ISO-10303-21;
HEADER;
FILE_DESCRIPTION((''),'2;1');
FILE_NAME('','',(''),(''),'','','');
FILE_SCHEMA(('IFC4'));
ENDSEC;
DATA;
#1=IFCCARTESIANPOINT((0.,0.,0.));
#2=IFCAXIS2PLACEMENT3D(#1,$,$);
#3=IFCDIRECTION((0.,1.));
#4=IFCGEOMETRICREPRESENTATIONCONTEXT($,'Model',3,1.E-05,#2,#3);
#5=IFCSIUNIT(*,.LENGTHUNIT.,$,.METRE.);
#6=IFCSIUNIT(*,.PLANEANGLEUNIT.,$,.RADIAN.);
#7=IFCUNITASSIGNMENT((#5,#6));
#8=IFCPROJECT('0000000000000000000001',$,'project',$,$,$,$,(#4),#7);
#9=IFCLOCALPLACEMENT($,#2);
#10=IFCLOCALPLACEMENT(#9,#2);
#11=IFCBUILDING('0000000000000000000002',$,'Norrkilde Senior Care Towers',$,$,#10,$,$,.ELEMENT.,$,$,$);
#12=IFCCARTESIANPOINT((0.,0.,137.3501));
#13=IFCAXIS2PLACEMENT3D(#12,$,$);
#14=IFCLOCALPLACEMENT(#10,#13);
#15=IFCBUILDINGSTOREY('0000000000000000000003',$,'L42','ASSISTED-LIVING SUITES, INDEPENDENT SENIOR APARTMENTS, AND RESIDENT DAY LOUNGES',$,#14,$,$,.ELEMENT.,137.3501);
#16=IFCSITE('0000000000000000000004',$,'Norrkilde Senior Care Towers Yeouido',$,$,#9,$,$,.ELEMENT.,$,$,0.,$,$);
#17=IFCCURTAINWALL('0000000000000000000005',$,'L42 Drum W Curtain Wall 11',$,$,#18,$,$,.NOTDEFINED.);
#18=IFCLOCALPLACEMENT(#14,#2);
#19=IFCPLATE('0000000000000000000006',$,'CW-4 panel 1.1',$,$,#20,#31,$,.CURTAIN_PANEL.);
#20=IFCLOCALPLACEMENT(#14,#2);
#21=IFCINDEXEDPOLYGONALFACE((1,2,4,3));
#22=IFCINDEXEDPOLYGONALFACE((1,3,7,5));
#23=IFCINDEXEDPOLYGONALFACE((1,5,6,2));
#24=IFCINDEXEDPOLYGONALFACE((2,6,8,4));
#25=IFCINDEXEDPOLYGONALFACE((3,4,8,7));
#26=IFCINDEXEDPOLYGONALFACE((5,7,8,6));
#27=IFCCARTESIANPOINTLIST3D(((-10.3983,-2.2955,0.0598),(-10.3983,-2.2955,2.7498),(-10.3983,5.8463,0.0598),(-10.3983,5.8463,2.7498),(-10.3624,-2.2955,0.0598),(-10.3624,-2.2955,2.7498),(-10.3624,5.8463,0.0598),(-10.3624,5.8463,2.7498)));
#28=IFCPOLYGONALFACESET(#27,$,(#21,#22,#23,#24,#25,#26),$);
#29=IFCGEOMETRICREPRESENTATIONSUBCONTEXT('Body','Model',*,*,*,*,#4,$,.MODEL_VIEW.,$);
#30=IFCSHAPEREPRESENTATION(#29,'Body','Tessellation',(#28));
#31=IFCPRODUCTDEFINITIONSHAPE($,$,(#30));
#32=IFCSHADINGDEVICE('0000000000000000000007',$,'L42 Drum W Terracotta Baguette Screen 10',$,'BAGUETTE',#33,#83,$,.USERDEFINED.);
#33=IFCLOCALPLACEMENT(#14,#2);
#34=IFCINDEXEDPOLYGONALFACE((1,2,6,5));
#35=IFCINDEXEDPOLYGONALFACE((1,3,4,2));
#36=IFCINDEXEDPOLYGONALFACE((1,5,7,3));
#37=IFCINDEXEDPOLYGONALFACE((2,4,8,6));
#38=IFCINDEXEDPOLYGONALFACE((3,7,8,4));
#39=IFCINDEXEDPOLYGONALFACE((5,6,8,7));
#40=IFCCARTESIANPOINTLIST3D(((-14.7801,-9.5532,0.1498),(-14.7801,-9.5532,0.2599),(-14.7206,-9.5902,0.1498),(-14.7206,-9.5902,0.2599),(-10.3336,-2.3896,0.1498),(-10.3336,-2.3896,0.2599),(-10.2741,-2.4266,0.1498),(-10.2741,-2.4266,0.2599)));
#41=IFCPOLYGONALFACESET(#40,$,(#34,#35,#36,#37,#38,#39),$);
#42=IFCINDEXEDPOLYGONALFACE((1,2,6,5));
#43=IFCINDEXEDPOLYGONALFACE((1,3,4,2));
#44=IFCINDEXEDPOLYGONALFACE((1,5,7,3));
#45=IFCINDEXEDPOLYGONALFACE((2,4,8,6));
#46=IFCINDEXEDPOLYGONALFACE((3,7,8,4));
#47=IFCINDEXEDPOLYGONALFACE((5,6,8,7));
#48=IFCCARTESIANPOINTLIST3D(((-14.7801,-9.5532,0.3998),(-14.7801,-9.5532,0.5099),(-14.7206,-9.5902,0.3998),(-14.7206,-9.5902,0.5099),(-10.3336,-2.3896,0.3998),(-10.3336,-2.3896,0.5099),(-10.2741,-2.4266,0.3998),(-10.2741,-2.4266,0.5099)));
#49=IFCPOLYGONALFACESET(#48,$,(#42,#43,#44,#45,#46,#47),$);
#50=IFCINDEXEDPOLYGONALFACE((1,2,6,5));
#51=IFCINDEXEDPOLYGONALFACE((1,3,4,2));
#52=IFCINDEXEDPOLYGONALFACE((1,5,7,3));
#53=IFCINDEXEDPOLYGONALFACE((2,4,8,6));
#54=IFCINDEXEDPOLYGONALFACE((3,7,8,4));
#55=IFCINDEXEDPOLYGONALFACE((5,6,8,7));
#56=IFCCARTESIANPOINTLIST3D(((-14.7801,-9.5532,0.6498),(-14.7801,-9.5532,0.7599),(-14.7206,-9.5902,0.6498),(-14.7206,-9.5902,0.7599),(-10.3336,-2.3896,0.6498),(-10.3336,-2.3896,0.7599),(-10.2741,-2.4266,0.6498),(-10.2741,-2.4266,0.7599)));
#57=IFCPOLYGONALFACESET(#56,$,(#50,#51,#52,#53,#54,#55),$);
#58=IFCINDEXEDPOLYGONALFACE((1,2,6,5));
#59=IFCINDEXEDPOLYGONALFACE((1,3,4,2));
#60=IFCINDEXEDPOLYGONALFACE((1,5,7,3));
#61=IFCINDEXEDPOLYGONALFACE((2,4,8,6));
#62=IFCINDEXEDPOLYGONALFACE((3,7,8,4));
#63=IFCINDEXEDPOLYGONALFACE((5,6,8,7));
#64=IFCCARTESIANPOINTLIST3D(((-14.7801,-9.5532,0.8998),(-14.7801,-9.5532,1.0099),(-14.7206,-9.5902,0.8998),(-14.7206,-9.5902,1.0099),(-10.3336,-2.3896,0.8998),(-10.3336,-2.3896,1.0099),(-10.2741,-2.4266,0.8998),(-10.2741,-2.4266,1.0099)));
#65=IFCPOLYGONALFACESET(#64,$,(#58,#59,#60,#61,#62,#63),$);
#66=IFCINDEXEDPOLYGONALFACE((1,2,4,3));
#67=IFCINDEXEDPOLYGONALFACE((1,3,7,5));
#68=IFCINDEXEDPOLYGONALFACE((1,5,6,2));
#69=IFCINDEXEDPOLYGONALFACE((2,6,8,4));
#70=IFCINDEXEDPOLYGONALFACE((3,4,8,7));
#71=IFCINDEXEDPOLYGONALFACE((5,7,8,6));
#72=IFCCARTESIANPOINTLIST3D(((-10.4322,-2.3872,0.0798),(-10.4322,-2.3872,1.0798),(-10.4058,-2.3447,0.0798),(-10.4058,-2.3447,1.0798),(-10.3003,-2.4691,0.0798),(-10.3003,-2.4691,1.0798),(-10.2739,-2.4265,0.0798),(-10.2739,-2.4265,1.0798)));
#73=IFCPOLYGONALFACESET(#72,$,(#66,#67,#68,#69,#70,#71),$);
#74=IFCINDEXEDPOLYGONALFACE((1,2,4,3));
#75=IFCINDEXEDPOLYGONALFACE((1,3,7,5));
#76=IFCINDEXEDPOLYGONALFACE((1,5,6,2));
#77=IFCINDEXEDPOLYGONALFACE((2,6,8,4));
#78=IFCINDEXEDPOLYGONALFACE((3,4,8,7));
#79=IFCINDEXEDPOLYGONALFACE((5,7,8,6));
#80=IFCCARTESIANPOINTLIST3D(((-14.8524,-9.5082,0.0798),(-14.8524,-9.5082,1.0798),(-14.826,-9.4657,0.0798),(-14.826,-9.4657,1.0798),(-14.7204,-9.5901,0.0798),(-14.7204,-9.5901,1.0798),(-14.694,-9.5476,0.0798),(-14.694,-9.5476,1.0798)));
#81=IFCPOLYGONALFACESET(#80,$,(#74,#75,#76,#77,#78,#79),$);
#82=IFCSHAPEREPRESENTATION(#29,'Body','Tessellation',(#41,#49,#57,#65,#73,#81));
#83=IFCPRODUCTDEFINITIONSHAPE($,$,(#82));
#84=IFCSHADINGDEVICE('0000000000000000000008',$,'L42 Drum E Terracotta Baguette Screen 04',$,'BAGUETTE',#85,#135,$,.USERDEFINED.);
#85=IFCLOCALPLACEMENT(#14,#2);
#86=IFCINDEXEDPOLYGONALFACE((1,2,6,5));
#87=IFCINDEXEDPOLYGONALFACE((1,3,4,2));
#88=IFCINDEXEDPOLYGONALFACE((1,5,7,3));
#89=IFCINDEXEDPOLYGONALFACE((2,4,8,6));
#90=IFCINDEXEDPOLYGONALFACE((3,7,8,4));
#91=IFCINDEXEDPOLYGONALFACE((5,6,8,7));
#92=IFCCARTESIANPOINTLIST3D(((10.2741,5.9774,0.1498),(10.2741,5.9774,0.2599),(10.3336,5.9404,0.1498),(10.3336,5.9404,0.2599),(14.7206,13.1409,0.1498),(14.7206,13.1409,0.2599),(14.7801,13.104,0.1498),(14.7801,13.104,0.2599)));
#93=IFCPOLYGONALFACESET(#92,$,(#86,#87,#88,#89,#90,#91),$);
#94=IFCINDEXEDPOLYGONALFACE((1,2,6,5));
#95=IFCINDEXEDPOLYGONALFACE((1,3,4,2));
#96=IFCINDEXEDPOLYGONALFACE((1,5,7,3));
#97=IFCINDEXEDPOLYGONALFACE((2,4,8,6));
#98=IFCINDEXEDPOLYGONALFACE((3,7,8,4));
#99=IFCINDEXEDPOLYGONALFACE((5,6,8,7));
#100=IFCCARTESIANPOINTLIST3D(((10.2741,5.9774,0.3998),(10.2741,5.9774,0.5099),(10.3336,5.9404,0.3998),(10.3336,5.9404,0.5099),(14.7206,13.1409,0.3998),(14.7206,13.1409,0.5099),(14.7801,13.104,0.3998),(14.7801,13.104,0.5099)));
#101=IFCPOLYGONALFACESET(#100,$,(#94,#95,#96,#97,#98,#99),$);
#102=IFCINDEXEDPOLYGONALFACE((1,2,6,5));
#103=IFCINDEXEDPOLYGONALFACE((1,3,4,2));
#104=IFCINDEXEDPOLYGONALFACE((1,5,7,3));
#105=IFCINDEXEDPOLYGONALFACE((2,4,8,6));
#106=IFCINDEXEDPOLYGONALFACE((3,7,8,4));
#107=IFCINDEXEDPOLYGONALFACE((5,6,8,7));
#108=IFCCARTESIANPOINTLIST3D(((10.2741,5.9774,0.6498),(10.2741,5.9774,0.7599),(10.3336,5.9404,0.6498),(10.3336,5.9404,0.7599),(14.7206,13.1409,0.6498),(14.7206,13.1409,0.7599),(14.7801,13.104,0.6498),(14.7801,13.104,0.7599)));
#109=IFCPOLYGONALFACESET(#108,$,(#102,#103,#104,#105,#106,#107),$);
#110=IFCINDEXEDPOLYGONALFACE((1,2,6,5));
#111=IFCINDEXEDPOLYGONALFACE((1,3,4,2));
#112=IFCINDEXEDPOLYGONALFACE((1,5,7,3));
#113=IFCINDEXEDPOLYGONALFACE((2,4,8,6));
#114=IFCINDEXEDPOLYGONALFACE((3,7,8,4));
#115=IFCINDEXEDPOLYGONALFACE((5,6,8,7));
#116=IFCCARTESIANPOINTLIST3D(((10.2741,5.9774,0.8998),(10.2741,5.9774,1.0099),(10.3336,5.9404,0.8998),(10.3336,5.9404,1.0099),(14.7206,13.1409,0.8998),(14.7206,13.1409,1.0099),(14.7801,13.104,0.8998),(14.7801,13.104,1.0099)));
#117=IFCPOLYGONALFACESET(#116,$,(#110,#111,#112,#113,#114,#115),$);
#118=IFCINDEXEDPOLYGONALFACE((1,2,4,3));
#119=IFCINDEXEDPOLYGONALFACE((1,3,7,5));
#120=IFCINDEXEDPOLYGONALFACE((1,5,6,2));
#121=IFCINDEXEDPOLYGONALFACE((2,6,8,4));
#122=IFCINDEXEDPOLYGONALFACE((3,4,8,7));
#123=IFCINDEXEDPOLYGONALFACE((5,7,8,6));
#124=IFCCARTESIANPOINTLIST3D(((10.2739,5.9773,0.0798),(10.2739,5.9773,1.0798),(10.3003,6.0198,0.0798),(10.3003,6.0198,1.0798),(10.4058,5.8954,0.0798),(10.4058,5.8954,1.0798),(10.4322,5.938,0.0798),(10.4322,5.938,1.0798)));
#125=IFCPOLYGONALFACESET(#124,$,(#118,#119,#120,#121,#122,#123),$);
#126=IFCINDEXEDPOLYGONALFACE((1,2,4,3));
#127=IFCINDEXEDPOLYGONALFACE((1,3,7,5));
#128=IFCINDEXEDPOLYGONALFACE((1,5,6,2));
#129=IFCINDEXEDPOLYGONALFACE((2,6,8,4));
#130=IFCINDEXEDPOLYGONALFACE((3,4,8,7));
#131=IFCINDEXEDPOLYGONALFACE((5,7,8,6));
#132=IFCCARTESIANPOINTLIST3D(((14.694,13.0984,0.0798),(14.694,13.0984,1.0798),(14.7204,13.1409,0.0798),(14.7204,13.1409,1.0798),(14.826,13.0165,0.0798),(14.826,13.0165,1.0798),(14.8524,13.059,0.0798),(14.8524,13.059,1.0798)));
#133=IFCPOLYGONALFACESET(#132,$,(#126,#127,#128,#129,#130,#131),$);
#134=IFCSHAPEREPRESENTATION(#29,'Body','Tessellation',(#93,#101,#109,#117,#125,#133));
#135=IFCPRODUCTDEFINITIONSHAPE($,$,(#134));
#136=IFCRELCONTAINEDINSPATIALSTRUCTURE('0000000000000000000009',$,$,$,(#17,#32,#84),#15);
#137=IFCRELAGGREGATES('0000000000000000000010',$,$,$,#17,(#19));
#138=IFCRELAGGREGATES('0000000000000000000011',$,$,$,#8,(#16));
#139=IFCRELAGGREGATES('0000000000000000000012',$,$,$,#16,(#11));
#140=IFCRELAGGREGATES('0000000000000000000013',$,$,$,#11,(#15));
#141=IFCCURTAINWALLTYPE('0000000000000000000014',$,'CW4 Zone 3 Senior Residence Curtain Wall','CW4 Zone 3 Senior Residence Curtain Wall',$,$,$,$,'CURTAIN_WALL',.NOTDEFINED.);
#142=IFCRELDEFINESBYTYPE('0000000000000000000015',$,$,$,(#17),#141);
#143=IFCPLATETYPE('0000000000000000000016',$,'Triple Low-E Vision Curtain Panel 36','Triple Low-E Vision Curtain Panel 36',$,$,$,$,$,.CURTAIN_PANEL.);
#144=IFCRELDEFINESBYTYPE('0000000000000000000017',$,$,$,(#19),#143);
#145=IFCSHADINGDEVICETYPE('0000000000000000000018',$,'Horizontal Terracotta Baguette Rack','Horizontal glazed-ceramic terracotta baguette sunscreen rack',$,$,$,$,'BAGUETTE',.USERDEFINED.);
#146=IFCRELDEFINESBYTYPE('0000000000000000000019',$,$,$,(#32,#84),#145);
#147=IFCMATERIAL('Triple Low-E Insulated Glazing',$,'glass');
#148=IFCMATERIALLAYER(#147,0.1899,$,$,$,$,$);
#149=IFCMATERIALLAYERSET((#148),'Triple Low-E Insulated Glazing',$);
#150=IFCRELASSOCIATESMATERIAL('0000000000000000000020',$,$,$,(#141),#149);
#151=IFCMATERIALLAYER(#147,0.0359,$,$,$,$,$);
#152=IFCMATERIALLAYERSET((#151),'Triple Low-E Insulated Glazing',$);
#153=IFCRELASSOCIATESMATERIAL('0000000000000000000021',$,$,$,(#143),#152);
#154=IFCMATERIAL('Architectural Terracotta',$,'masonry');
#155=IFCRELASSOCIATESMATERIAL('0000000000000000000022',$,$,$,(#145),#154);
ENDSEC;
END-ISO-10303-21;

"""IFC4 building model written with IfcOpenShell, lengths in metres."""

from ifc_helpers import new_model, si_unit, direction, frame, origin, origin_2d, place, context, subcontext, project, spatial, rectangle, extrude, source, transform, mapped, material, layer, layer_set, type_object, type_shapes, element, aggregate, save


model = new_model("IFC4")

# Units and contexts
model_context = context("Model", 3, precision=1e-05, world=origin(), true_north=direction((0.0, 1.0)))
body_context = subcontext(model_context, "Body", "Model", "MODEL_VIEW")
ifc_project = project(units=[si_unit("LENGTHUNIT", "METRE"), si_unit("PLANEANGLEUNIT", "RADIAN")], contexts=[model_context])

# Site, building, storey
site_placement = place(None, origin())
site = spatial("IfcSite", under=ifc_project, at=site_placement, Name="Norrkilde Senior Care Towers Yeouido", CompositionType="ELEMENT", RefElevation=0.0)
building_placement = place(site_placement, origin())
building = spatial("IfcBuilding", under=site, at=building_placement, Name="Norrkilde Senior Care Towers", CompositionType="ELEMENT")
storey_placement = place(building_placement, frame((0.0, 0.0, 137.3501)))
storey = spatial("IfcBuildingStorey", under=building, at=storey_placement, Name="L42", Description="ASSISTED-LIVING SUITES, INDEPENDENT SENIOR APARTMENTS, AND RESIDENT DAY LOUNGES", CompositionType="ELEMENT", Elevation=137.3501)

# Curtain wall
ifc_material_1 = material(Name="Triple Low-E Insulated Glazing", Category="glass")
ifc_layer_1 = layer(ifc_material_1, 0.1899)
ifc_layer_set_1 = layer_set([ifc_layer_1], Name="Triple Low-E Insulated Glazing")
curtain_wall_type = type_object("IfcCurtainWallType", Name="CW4 Zone 3 Senior Residence Curtain Wall", Description="CW4 Zone 3 Senior Residence Curtain Wall", ElementType="CURTAIN_WALL", PredefinedType="NOTDEFINED", material=ifc_layer_set_1)
curtain_wall_1_placement = place(storey_placement, origin())
curtain_wall_1 = element("IfcCurtainWall", 1, at=curtain_wall_1_placement, inside=storey, type_object=curtain_wall_type, Name="L42 Drum W Curtain Wall 11", PredefinedType="NOTDEFINED")

# Plate
ifc_layer_2 = layer(ifc_material_1, 0.0359)
ifc_layer_set_2 = layer_set([ifc_layer_2], Name="Triple Low-E Insulated Glazing")
plate_type = type_object("IfcPlateType", Name="Triple Low-E Vision Curtain Panel 36", Description="Triple Low-E Vision Curtain Panel 36", PredefinedType="CURTAIN_PANEL", material=ifc_layer_set_2)
shared_shape_1 = source(origin(), body_context, "Body", "SweptSolid", [
    extrude(rectangle(XDim=8.1418, YDim=0.0359, at=origin_2d()), origin(), (0.0, 0.0, 1.0), 2.6899),
])
plate_1_placement = place(storey_placement, frame((-10.3804, 1.7754, 0.0598), z_axis=(0.0, 0.0, 1.0), x_axis=(0.0, -1.0, 0.0)))
plate_1 = element("IfcPlate", 2, at=plate_1_placement, type_object=plate_type, Name="CW-4 panel 1.1", PredefinedType="CURTAIN_PANEL", context=body_context, shape_type="MappedRepresentation", body=[
    mapped(shared_shape_1, transform((0.0, 0.0, 0.0), x_axis=(1.0, 0.0, 0.0), y_axis=(0.0, 1.0, 0.0), z_axis=(0.0, 0.0, 1.0), scale=1.0)),
])
aggregate(curtain_wall_1, [plate_1])

# Shading devices
ifc_material_2 = material(Name="Architectural Terracotta", Category="masonry")
shading_device_type = type_object("IfcShadingDeviceType", Name="Horizontal Terracotta Baguette Rack", Description="Horizontal glazed-ceramic terracotta baguette sunscreen rack", ElementType="BAGUETTE", PredefinedType="USERDEFINED", material=ifc_material_2)
shared_shape_2 = source(origin(), body_context, "Body", "SweptSolid", [
    extrude(rectangle(XDim=0.0701, YDim=0.1101, at=origin_2d()), frame((0.0, 0.0901, 0.125), z_axis=(1.0, 0.0, 0.0), x_axis=(0.0, 1.0, 0.0)), (0.0, 0.0, 1.0), 8.4314),
    extrude(rectangle(XDim=0.0701, YDim=0.1101, at=origin_2d()), frame((0.0, 0.0901, 0.375), z_axis=(1.0, 0.0, 0.0), x_axis=(0.0, 1.0, 0.0)), (0.0, 0.0, 1.0), 8.4314),
    extrude(rectangle(XDim=0.0701, YDim=0.1101, at=origin_2d()), frame((0.0, 0.0901, 0.625), z_axis=(1.0, 0.0, 0.0), x_axis=(0.0, 1.0, 0.0)), (0.0, 0.0, 1.0), 8.4314),
    extrude(rectangle(XDim=0.0701, YDim=0.1101, at=origin_2d()), frame((0.0, 0.0901, 0.875), z_axis=(1.0, 0.0, 0.0), x_axis=(0.0, 1.0, 0.0)), (0.0, 0.0, 1.0), 8.4314),
    extrude(rectangle(XDim=0.05, YDim=0.1553, at=origin_2d()), frame((0.0249, 0.0476, 0.0)), (0.0, 0.0, 1.0), 1.0),
    extrude(rectangle(XDim=0.05, YDim=0.1553, at=origin_2d()), frame((8.4062, 0.0476, 0.0)), (0.0, 0.0, 1.0), 1.0),
])
type_shapes(shading_device_type, [shared_shape_2])
for number, where, z_axis, x_axis, name in (
    (3, (-10.3804, -2.3606, 0.0798), (0.0, 0.0, 1.0), (-0.527378, -0.849631, 0.0), "L42 Drum W Terracotta Baguette Screen 10"),
    (4, (10.3804, 5.9114, 0.0798), (0.0, 0.0, 1.0), (0.527378, 0.849631, 0.0), "L42 Drum E Terracotta Baguette Screen 04"),
):
    element("IfcShadingDevice", number, at=place(storey_placement, frame(where, z_axis=z_axis, x_axis=x_axis)), inside=storey, type_object=shading_device_type, Name=name, ObjectType="BAGUETTE", PredefinedType="USERDEFINED", context=body_context, shape_type="MappedRepresentation", body=[
        mapped(shared_shape_2, transform((0.0, 0.0, 0.0), x_axis=(1.0, 0.0, 0.0), y_axis=(0.0, 1.0, 0.0), z_axis=(0.0, 0.0, 1.0), scale=1.0)),
    ])

save(model, "model.ifc")
